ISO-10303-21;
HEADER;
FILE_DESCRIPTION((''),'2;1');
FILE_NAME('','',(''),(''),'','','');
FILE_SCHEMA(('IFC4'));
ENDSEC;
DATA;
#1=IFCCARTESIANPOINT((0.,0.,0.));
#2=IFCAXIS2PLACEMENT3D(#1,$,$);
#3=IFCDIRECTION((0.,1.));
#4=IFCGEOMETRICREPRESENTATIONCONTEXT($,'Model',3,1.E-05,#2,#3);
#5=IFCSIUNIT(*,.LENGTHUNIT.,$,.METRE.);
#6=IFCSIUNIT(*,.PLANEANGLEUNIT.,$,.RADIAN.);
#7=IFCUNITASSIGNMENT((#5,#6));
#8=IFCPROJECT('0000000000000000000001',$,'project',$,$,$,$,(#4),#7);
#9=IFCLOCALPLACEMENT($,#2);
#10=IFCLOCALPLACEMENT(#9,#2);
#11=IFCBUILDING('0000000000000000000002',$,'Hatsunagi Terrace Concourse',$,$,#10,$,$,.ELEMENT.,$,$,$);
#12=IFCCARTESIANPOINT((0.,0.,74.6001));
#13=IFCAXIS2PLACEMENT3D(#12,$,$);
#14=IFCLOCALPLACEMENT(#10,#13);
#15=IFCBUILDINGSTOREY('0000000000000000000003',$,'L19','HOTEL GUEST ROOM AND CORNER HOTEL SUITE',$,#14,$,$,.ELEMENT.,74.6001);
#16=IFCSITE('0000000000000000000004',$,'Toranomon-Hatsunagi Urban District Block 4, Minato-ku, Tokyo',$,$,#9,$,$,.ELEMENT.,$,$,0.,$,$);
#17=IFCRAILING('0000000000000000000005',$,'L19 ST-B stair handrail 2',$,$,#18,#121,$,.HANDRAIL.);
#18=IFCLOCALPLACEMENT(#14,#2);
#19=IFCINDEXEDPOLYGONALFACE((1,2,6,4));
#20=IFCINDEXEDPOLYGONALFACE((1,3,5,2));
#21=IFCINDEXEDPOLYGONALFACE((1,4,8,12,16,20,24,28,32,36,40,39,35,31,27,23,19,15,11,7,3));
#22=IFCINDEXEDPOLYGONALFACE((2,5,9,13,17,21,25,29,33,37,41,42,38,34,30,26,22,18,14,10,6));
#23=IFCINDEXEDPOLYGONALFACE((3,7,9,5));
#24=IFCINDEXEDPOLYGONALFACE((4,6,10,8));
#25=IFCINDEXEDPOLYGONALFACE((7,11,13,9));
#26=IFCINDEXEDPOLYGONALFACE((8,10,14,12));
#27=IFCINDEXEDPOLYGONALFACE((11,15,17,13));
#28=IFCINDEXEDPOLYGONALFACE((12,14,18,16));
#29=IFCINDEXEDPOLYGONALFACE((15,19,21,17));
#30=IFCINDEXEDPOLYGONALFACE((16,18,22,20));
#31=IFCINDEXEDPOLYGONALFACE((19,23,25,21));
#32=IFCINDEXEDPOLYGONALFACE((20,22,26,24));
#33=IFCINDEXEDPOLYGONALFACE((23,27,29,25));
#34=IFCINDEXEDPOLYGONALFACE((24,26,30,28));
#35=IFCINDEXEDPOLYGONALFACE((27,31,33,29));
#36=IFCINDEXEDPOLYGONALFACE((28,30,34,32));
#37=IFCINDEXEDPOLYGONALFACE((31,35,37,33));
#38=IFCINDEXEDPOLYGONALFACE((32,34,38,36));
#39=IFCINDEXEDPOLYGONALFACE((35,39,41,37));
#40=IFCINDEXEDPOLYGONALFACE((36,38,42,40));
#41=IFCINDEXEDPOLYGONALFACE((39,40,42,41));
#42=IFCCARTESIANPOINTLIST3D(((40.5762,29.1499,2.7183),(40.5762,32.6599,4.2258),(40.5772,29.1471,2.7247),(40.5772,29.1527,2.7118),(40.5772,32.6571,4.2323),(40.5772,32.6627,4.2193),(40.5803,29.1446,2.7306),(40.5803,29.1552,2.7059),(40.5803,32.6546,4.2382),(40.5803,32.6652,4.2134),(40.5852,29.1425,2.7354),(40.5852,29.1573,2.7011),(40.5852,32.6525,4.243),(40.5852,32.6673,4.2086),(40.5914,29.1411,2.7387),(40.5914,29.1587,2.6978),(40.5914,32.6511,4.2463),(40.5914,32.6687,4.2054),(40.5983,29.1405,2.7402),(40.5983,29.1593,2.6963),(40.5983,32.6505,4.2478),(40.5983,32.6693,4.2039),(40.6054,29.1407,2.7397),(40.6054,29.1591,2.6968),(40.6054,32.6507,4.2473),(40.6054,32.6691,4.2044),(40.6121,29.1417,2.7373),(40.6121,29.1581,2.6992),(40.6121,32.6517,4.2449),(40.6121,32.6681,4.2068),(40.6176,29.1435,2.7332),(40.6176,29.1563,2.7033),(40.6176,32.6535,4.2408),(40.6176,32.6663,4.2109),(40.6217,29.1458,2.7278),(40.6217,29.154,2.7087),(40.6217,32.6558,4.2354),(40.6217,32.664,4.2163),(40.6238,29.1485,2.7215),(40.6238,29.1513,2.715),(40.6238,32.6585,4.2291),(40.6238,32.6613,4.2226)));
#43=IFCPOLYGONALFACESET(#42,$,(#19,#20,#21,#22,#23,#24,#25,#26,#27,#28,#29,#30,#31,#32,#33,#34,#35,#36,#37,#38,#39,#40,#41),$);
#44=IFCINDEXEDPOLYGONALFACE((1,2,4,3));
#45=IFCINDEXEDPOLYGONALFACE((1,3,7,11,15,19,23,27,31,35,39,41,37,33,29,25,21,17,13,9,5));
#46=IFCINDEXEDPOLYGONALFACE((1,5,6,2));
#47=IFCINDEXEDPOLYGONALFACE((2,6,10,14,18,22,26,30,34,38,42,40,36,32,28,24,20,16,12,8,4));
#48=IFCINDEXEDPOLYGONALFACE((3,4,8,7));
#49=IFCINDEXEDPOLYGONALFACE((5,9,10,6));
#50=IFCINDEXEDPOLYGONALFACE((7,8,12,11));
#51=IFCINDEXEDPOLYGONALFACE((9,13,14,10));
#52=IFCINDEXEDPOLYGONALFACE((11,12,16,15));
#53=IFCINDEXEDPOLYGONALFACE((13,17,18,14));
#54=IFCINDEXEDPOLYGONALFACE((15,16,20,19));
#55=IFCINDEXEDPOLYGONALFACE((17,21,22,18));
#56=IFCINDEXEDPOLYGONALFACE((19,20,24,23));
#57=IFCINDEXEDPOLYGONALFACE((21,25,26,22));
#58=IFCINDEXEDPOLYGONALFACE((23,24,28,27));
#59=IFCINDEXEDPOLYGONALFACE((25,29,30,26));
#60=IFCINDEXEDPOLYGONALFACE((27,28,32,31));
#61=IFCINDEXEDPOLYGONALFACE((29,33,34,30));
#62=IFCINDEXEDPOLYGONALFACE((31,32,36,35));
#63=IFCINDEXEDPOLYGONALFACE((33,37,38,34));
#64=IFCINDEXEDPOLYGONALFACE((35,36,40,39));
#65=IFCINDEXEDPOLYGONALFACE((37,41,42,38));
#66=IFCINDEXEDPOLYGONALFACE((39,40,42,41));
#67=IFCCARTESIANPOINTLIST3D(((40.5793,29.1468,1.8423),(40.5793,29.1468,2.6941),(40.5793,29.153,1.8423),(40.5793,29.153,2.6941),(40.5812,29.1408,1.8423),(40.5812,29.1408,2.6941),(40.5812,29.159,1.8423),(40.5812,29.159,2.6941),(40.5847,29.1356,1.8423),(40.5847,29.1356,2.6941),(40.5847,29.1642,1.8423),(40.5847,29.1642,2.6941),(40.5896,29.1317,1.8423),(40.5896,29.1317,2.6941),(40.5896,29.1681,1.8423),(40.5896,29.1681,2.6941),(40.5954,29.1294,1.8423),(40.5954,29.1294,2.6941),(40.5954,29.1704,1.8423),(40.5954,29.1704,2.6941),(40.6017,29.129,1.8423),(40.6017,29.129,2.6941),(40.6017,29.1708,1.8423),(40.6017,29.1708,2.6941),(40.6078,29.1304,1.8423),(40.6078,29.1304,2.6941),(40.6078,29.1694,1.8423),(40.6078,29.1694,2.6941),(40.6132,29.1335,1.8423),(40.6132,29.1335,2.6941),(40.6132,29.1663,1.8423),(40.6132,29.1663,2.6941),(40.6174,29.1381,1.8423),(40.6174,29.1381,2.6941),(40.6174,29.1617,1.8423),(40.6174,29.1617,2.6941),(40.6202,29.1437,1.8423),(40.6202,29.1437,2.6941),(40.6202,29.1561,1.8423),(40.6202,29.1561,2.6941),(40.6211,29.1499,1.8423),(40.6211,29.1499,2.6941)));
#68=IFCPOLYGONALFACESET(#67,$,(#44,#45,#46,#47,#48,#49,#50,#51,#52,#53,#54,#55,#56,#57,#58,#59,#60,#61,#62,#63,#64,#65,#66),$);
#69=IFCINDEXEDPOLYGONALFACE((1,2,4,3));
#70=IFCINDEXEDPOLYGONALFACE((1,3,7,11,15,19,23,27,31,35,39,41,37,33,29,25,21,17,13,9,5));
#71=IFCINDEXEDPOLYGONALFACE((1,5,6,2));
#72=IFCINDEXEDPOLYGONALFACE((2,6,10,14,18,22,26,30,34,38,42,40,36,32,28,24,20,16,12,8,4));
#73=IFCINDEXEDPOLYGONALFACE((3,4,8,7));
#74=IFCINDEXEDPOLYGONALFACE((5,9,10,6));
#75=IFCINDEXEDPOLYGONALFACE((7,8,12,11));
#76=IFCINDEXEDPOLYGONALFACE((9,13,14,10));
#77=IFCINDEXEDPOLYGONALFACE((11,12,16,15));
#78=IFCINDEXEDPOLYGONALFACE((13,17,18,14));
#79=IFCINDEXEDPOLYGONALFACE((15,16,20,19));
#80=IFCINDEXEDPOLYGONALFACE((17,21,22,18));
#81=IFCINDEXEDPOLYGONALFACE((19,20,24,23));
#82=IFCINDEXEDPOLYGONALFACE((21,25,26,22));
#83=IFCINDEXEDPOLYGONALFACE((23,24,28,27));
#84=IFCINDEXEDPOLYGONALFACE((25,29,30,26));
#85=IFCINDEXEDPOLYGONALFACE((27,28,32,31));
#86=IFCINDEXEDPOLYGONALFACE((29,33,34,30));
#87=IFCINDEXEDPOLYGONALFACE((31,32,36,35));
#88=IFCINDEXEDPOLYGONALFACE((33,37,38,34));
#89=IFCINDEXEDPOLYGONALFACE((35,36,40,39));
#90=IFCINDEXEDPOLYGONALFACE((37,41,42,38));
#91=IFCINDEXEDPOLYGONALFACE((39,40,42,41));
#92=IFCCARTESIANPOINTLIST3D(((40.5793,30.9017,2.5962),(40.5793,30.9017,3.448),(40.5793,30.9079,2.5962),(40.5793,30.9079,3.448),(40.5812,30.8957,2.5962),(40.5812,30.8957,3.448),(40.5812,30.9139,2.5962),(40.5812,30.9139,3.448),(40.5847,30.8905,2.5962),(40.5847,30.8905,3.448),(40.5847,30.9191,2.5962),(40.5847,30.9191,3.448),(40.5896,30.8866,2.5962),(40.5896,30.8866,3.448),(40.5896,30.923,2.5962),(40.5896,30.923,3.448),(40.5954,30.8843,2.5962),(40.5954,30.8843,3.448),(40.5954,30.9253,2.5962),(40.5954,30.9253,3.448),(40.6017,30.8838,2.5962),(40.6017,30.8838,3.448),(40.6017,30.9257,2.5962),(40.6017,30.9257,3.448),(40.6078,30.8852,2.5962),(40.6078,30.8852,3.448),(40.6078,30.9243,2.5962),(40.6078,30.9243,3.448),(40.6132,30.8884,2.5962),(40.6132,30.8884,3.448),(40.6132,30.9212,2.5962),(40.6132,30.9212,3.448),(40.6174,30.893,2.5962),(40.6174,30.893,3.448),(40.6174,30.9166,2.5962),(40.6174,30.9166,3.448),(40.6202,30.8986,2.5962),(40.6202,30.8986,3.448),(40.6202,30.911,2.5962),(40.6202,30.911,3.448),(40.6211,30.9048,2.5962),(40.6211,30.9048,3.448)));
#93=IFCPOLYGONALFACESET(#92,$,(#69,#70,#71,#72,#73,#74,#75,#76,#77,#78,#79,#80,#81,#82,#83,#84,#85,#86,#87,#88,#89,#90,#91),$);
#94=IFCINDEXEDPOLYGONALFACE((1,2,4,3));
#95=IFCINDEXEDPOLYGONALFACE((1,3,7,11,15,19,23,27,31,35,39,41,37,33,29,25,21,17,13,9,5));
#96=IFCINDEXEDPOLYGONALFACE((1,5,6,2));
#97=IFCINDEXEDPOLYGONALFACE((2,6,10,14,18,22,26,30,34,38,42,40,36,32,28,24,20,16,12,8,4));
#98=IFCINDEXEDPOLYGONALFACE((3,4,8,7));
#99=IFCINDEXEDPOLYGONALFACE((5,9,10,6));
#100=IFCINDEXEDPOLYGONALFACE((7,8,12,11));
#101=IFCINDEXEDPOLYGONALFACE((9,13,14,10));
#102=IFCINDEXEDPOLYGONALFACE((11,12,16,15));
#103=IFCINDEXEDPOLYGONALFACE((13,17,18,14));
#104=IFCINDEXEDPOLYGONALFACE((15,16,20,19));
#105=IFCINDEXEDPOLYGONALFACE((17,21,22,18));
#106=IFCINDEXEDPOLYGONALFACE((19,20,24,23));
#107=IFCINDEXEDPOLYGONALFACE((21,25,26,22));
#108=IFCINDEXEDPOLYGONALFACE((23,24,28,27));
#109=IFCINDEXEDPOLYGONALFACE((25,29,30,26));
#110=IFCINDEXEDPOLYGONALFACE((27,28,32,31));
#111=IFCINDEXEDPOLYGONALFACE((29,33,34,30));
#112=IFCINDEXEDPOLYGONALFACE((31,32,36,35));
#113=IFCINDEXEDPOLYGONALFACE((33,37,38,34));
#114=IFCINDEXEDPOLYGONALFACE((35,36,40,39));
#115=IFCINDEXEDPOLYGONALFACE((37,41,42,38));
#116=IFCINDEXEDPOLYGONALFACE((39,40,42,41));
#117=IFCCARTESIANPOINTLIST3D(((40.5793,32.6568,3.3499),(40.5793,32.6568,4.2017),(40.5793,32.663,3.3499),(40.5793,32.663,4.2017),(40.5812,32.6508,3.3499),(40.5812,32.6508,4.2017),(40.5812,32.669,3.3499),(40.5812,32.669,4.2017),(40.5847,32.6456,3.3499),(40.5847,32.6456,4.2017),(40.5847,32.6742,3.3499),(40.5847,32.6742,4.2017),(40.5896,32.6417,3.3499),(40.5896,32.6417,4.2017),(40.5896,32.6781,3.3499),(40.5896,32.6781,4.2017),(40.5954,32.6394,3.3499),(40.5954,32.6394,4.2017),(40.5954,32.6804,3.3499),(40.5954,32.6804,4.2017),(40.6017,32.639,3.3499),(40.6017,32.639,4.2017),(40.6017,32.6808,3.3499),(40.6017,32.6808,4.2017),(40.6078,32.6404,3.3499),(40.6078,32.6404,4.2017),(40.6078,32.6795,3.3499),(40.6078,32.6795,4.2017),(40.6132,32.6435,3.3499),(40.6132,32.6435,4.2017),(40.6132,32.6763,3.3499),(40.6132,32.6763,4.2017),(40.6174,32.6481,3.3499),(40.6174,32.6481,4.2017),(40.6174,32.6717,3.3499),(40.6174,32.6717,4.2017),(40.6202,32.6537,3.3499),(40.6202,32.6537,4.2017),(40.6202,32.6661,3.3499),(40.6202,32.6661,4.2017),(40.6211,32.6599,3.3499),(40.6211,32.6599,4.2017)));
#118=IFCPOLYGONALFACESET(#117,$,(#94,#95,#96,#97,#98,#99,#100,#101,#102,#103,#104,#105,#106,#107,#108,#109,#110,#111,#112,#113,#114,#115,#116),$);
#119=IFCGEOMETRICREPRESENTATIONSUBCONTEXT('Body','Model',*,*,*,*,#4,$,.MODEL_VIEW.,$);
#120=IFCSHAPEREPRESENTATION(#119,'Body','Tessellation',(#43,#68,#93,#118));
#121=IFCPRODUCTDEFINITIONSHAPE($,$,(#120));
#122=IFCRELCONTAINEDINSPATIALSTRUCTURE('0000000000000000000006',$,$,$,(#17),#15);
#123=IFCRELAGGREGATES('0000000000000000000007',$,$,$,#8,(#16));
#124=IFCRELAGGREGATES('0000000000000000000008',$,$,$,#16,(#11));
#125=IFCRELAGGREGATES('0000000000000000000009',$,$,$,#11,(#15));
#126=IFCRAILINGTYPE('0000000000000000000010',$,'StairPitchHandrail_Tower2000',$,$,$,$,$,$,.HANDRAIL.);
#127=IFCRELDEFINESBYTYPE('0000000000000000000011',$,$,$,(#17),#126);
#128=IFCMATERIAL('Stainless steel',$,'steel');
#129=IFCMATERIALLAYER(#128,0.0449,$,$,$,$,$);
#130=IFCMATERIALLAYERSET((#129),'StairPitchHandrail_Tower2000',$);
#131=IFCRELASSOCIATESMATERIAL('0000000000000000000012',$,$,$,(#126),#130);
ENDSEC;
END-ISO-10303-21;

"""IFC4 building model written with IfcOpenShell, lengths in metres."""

from ifc_helpers import new_model, si_unit, direction, frame, origin, origin_2d, place, context, subcontext, project, spatial, circle, extrude, material, layer, layer_set, type_object, element, save


model = new_model("IFC4")

# Units and contexts
model_context = context("Model", 3, precision=1e-05, world=origin(), true_north=direction((0.0, 1.0)))
body_context = subcontext(model_context, "Body", "Model", "MODEL_VIEW")
ifc_project = project(units=[si_unit("LENGTHUNIT", "METRE"), si_unit("PLANEANGLEUNIT", "RADIAN")], contexts=[model_context])

# Site, building, storey
site_placement = place(None, origin())
site = spatial("IfcSite", under=ifc_project, at=site_placement, Name="Toranomon-Hatsunagi Urban District Block 4, Minato-ku, Tokyo", CompositionType="ELEMENT", RefElevation=0.0)
building_placement = place(site_placement, origin())
building = spatial("IfcBuilding", under=site, at=building_placement, Name="Hatsunagi Terrace Concourse", CompositionType="ELEMENT")
storey_placement = place(building_placement, frame((0.0, 0.0, 74.6001)))
storey = spatial("IfcBuildingStorey", under=building, at=storey_placement, Name="L19", Description="HOTEL GUEST ROOM AND CORNER HOTEL SUITE", CompositionType="ELEMENT", Elevation=74.6001)

# Railing
ifc_material_1 = material(Name="Stainless steel", Category="steel")
ifc_layer_1 = layer(ifc_material_1, 0.0449)
ifc_layer_set_1 = layer_set([ifc_layer_1], Name="StairPitchHandrail_Tower2000")
railing_type_1 = type_object("IfcRailingType", Name="StairPitchHandrail_Tower2000", PredefinedType="HANDRAIL", material=ifc_layer_set_1)
railing_1_placement = place(storey_placement, frame((40.6001, 29.1499, 1.8423)))
element("IfcRailing", 1, at=railing_1_placement, inside=storey, type_object=railing_type_1, Name="L19 ST-B stair handrail 2", PredefinedType="HANDRAIL", context=body_context, shape_type="SweptSolid", body=[
    extrude(circle(Radius=0.0239, at=origin_2d()), frame((0.0, 0.0, 0.876), z_axis=(0.0, 0.918834, 0.394644), x_axis=(-1.0, 0.0, 0.0)), (0.0, 0.0, 1.0), 3.8201),
    extrude(circle(Radius=0.021, at=origin_2d()), origin(), (0.0, 0.0, 1.0), 0.8518),
    extrude(circle(Radius=0.021, at=origin_2d()), frame((0.0, 1.7549, 0.7539)), (0.0, 0.0, 1.0), 0.8518),
    extrude(circle(Radius=0.021, at=origin_2d()), frame((0.0, 3.51, 1.5076)), (0.0, 0.0, 1.0), 0.8518),
])

save(model, "model.ifc")
